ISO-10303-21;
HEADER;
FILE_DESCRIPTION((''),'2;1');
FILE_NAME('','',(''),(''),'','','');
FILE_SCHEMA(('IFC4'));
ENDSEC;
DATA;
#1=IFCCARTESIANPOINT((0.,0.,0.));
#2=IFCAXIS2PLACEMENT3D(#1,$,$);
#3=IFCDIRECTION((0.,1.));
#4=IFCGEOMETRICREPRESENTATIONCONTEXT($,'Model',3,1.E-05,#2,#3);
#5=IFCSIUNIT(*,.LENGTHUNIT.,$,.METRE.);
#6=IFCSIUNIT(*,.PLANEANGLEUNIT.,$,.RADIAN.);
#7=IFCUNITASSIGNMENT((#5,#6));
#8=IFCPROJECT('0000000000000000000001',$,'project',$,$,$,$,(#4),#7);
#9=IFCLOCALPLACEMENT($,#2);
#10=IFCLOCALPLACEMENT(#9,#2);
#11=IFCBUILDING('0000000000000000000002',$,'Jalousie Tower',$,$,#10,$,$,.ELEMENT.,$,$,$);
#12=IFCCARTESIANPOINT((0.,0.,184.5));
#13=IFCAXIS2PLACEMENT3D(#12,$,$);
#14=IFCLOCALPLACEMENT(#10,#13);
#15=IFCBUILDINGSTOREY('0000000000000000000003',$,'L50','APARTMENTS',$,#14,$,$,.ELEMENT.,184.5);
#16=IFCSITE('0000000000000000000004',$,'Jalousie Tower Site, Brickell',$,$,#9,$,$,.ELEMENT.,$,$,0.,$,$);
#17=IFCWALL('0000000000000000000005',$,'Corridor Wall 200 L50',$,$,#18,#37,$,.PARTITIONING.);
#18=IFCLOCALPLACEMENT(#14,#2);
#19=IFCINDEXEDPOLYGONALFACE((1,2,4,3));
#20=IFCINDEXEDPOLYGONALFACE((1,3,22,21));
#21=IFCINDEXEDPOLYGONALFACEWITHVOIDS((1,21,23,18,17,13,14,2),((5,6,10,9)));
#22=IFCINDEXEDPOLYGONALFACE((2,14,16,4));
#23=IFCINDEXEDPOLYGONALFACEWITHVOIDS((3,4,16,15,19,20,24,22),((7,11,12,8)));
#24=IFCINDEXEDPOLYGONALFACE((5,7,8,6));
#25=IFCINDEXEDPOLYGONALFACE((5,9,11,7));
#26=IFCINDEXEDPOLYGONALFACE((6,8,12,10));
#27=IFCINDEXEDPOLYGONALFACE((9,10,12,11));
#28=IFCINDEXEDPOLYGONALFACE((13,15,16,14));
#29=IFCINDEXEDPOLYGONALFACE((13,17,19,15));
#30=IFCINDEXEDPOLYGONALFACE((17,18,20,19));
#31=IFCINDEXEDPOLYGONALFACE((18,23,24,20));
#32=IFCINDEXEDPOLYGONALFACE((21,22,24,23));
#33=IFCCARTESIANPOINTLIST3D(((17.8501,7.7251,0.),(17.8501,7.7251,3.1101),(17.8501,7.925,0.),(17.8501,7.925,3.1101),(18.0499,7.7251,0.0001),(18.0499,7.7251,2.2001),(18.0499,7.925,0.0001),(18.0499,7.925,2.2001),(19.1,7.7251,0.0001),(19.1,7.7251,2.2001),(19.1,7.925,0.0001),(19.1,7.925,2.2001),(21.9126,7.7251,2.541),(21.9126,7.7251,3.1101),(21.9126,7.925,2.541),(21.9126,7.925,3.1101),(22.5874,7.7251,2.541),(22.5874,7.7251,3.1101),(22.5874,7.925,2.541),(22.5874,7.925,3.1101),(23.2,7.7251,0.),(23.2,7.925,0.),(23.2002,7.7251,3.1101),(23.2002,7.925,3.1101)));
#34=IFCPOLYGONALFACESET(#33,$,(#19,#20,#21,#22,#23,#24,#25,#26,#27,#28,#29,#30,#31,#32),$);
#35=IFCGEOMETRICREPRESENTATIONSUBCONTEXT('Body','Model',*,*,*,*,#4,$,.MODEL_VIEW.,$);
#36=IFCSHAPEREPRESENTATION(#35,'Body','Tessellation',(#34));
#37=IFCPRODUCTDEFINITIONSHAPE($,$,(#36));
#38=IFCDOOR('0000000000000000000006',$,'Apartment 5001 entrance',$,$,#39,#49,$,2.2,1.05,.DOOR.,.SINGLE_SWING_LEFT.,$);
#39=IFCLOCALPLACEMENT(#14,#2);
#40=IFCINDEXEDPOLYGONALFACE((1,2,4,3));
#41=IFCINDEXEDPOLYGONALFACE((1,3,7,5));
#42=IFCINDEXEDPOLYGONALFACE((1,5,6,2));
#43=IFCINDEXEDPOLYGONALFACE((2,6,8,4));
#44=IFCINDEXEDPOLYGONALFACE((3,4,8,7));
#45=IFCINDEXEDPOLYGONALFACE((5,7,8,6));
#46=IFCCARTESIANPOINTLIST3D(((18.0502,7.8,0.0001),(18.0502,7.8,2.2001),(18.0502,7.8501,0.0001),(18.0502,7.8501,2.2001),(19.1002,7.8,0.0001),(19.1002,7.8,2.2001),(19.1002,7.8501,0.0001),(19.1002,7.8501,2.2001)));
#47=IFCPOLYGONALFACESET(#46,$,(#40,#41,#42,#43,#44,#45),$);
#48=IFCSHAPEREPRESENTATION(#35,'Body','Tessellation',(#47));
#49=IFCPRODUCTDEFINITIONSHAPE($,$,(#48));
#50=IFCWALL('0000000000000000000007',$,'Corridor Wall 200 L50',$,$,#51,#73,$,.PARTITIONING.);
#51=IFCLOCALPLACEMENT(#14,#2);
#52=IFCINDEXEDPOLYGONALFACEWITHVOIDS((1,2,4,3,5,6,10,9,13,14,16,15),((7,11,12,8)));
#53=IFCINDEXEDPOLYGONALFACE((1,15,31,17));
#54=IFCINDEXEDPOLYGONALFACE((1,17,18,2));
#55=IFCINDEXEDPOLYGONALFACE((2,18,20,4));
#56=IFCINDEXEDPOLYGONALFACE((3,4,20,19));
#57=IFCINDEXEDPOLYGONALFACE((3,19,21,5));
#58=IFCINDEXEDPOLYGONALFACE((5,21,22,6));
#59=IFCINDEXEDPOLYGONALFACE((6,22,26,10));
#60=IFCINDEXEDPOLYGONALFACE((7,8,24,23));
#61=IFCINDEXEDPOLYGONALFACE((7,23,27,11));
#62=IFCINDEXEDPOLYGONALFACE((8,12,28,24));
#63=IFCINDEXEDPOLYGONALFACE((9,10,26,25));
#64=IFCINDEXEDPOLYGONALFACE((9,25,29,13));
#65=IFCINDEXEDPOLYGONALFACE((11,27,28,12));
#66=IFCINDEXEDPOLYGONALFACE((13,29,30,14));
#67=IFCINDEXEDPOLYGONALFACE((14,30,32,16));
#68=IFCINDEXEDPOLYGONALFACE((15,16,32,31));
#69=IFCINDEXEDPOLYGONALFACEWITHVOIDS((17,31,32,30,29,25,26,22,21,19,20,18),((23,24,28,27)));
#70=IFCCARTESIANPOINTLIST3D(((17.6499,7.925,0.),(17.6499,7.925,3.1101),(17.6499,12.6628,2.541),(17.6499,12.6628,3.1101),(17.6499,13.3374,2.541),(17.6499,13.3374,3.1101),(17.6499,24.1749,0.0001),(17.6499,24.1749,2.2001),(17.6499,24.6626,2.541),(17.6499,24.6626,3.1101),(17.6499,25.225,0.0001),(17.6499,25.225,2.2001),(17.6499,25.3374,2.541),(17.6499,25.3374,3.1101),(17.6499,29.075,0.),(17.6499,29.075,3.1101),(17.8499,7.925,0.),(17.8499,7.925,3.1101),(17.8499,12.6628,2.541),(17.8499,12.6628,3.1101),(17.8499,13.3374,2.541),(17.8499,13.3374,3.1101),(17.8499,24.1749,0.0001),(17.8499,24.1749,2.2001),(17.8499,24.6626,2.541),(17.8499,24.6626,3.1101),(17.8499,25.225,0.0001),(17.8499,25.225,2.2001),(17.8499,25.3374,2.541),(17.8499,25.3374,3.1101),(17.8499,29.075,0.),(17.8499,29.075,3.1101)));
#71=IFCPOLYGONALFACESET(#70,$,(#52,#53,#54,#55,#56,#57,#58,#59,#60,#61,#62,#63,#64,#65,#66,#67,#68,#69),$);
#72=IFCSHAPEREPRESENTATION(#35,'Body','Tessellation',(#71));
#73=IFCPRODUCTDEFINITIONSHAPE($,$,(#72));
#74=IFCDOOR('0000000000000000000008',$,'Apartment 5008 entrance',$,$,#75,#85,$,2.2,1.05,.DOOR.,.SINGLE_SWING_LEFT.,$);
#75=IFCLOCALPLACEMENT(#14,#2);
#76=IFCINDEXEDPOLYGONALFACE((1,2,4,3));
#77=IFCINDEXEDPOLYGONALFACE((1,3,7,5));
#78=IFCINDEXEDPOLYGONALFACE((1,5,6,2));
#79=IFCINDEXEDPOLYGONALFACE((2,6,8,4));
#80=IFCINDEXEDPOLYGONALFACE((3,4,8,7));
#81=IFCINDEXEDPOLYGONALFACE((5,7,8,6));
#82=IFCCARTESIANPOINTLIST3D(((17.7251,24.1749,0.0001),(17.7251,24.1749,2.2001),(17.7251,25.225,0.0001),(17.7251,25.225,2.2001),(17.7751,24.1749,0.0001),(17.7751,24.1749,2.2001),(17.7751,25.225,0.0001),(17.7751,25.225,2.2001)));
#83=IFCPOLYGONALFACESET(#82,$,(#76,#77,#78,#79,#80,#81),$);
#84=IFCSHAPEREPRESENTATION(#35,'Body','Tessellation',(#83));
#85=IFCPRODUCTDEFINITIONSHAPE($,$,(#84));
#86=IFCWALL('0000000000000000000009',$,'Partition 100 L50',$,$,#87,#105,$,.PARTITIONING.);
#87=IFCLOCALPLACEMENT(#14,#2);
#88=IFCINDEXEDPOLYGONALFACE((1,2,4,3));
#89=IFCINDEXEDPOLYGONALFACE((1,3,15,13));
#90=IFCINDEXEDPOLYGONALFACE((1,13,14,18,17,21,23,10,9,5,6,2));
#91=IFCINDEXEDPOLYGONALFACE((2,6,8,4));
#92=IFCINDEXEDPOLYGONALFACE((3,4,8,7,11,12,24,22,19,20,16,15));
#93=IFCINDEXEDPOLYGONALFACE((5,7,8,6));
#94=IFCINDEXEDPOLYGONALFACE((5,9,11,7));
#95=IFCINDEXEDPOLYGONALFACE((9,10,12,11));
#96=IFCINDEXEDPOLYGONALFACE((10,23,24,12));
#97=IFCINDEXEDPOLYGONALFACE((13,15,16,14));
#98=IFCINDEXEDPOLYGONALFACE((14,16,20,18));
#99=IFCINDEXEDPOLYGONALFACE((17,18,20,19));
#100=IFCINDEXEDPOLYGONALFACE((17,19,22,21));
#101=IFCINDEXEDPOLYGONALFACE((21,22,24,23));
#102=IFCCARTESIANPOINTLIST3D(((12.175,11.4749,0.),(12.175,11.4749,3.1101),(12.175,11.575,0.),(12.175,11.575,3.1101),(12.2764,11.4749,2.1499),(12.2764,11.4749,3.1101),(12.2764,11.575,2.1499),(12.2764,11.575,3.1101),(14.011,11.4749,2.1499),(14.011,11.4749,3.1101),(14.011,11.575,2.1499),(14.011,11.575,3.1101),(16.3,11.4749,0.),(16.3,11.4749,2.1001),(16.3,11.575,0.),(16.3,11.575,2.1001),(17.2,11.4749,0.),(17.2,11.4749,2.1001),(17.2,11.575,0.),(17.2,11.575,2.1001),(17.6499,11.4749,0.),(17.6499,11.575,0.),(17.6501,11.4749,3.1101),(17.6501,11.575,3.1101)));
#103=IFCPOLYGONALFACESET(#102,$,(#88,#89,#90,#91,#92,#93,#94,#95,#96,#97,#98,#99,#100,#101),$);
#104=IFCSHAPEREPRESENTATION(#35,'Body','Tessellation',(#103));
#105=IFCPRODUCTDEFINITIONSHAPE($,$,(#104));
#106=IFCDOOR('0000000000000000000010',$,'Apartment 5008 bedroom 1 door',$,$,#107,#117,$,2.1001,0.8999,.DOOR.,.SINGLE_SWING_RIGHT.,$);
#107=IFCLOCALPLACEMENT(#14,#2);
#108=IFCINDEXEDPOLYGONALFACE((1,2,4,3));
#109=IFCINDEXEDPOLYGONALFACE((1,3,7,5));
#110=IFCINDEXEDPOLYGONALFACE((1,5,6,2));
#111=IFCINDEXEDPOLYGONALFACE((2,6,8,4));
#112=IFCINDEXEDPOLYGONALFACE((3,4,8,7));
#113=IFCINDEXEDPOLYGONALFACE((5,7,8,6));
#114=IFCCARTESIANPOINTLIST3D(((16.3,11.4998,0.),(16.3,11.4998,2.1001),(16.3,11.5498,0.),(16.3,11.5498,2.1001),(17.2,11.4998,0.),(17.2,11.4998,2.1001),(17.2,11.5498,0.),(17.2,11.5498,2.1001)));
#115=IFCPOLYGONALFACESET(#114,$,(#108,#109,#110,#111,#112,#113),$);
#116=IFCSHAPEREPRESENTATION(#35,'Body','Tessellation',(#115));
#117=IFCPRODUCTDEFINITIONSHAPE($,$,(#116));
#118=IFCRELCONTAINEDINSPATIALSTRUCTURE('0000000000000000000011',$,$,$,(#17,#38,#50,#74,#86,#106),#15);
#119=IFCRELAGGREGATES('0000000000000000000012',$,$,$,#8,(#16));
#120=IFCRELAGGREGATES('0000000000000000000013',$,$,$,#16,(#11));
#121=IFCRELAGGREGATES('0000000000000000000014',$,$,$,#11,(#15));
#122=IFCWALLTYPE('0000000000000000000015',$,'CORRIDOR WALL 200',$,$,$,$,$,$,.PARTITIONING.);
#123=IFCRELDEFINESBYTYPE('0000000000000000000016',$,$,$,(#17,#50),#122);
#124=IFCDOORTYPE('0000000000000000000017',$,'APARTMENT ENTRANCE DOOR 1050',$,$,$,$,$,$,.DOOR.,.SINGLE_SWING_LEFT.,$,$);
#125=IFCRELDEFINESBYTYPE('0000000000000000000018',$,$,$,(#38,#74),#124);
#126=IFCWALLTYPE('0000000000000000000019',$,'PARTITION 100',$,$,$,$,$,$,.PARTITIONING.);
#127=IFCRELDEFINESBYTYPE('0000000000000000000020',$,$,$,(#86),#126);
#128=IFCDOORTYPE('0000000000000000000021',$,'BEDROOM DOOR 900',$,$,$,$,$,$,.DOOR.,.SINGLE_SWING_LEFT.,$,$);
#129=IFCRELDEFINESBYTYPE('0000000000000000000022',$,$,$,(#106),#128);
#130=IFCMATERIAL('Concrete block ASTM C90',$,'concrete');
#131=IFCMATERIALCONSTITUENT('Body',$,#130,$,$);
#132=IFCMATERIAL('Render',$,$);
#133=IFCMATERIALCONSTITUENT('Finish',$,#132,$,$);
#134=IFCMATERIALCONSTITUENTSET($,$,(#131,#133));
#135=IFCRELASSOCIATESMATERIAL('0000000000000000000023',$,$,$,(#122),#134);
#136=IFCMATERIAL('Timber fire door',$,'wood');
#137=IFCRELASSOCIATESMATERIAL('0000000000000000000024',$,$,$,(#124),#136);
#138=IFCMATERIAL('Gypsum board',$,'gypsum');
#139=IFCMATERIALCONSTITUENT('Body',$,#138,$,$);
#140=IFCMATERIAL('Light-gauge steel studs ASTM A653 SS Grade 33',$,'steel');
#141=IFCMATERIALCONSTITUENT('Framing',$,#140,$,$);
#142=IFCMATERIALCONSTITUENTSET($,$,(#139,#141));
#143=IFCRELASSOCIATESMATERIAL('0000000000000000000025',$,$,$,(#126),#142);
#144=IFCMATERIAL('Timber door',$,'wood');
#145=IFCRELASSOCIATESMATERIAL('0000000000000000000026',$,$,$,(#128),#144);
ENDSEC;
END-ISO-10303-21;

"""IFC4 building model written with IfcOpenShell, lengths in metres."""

from ifc_helpers import new_model, si_unit, direction, frame, frame_2d, origin, place, context, subcontext, project, spatial, polyline, rectangle, outline, extrude, material, constituent, constituent_set, type_object, element, fill, save


model = new_model("IFC4")

# Units and contexts
model_context = context("Model", 3, precision=1e-05, world=origin(), true_north=direction((0.0, 1.0)))
body_context = subcontext(model_context, "Body", "Model", "MODEL_VIEW")
ifc_project = project(units=[si_unit("LENGTHUNIT", "METRE"), si_unit("PLANEANGLEUNIT", "RADIAN")], contexts=[model_context])

# Site, building, storey
site_placement = place(None, origin())
site = spatial("IfcSite", under=ifc_project, at=site_placement, Name="Jalousie Tower Site, Brickell", CompositionType="ELEMENT", RefElevation=0.0)
building_placement = place(site_placement, origin())
building = spatial("IfcBuilding", under=site, at=building_placement, Name="Jalousie Tower", CompositionType="ELEMENT")
storey_placement = place(building_placement, frame((0.0, 0.0, 184.5)))
storey = spatial("IfcBuildingStorey", under=building, at=storey_placement, Name="L50", Description="APARTMENTS", CompositionType="ELEMENT", Elevation=184.5)

# Walls, openings, doors
ifc_material_1 = material(Name="Concrete block ASTM C90", Category="concrete")
ifc_constituent_1 = constituent(ifc_material_1, Name="Body")
ifc_material_2 = material(Name="Render")
ifc_constituent_2 = constituent(ifc_material_2, Name="Finish")
ifc_constituent_set_1 = constituent_set(constituents=[ifc_constituent_1, ifc_constituent_2])
wall_type_1 = type_object("IfcWallType", Name="CORRIDOR WALL 200", PredefinedType="PARTITIONING", material=ifc_constituent_set_1)
wall_1_placement = place(storey_placement, frame((17.8501, 7.825, 0.0), z_axis=(0.0, 0.0, 1.0), x_axis=(1.0, 0.0, 0.0)))
wall_1 = element("IfcWall", 1, at=wall_1_placement, inside=storey, type_object=wall_type_1, Name="Corridor Wall 200 L50", PredefinedType="PARTITIONING", context=body_context, shape_type="SweptSolid", body=[
    extrude(outline(polyline([(0.0, 0.0), (5.3499, 0.0), (5.3501, 3.1101), (4.7373, 3.1101), (4.7373, 2.541), (4.0625, 2.541), (4.0625, 3.1101), (0.0, 3.1101), (0.0, 0.0)])), frame((0.0, 0.1001, 0.0), z_axis=(0.0, -1.0, 0.0), x_axis=(1.0, 0.0, 0.0)), (0.0, 0.0, 1.0), 0.2),
])
opening_1_placement = place(wall_1_placement, frame((0.2, 0.0, 0.0)))
opening_1 = element("IfcOpeningElement", 2, at=opening_1_placement, cuts=wall_1, PredefinedType="OPENING", context=body_context, shape_type="SweptSolid", body=[
    extrude(rectangle(XDim=1.05, YDim=2.2, at=frame_2d((0.5249, 1.1001))), frame((0.0, 0.1099, 0.0), z_axis=(0.0, -1.0, 0.0), x_axis=(1.0, 0.0, 0.0)), (0.0, 0.0, 1.0), 0.22),
])
ifc_material_3 = material(Name="Timber fire door", Category="wood")
door_type_1 = type_object("IfcDoorType", Name="APARTMENT ENTRANCE DOOR 1050", OperationType="SINGLE_SWING_LEFT", PredefinedType="DOOR", material=ifc_material_3)
door_1_placement = place(opening_1_placement, frame((1.05, 0.0, 0.0), z_axis=(0.0, 0.0, 1.0), x_axis=(-1.0, 0.0, 0.0)))
door_1 = element("IfcDoor", 3, at=door_1_placement, inside=storey, type_object=door_type_1, Name="Apartment 5001 entrance", OperationType="SINGLE_SWING_LEFT", OverallHeight=2.2, OverallWidth=1.05, PredefinedType="DOOR", context=body_context, shape_type="SweptSolid", body=[
    extrude(rectangle(XDim=1.05, YDim=2.2, at=frame_2d((0.5249, 1.1001))), frame((0.0, 0.0249, 0.0), z_axis=(0.0, -1.0, 0.0), x_axis=(1.0, 0.0, 0.0)), (0.0, 0.0, 1.0), 0.05),
])
fill(opening_1, door_1)
wall_2_placement = place(storey_placement, frame((17.75, 7.925, 0.0), z_axis=(0.0, 0.0, 1.0), x_axis=(0.0, 1.0, 0.0)))
wall_2 = element("IfcWall", 4, at=wall_2_placement, inside=storey, type_object=wall_type_1, Name="Corridor Wall 200 L50", PredefinedType="PARTITIONING", context=body_context, shape_type="SweptSolid", body=[
    extrude(outline(polyline([(0.0, 0.0), (21.1499, 0.0), (21.1499, 3.1101), (17.4124, 3.1101), (17.4124, 2.541), (16.7375, 2.541), (16.7375, 3.1101), (5.4124, 3.1101), (5.4124, 2.541), (4.7378, 2.541), (4.7378, 3.1101), (0.0, 3.1101), (0.0, 0.0)])), frame((0.0, 0.1001, 0.0), z_axis=(0.0, -1.0, 0.0), x_axis=(1.0, 0.0, 0.0)), (0.0, 0.0, 1.0), 0.2),
])
opening_2_placement = place(wall_2_placement, frame((16.25, 0.0, 0.0)))
opening_2 = element("IfcOpeningElement", 5, at=opening_2_placement, cuts=wall_2, PredefinedType="OPENING", context=body_context, shape_type="SweptSolid", body=[
    extrude(rectangle(XDim=1.05, YDim=2.2, at=frame_2d((0.5249, 1.1001))), frame((0.0, 0.1099, 0.0), z_axis=(0.0, -1.0, 0.0), x_axis=(1.0, 0.0, 0.0)), (0.0, 0.0, 1.0), 0.22),
])
door_2_placement = place(opening_2_placement, origin())
door_2 = element("IfcDoor", 6, at=door_2_placement, inside=storey, type_object=door_type_1, Name="Apartment 5008 entrance", OperationType="SINGLE_SWING_LEFT", OverallHeight=2.2, OverallWidth=1.05, PredefinedType="DOOR", context=body_context, shape_type="SweptSolid", body=[
    extrude(rectangle(XDim=1.05, YDim=2.2, at=frame_2d((0.5249, 1.1001))), frame((0.0, 0.0249, 0.0), z_axis=(0.0, -1.0, 0.0), x_axis=(1.0, 0.0, 0.0)), (0.0, 0.0, 1.0), 0.05),
])
fill(opening_2, door_2)
ifc_material_4 = material(Name="Gypsum board", Category="gypsum")
ifc_constituent_3 = constituent(ifc_material_4, Name="Body")
ifc_material_5 = material(Name="Light-gauge steel studs ASTM A653 SS Grade 33", Category="steel")
ifc_constituent_4 = constituent(ifc_material_5, Name="Framing")
ifc_constituent_set_2 = constituent_set(constituents=[ifc_constituent_3, ifc_constituent_4])
wall_type_2 = type_object("IfcWallType", Name="PARTITION 100", PredefinedType="PARTITIONING", material=ifc_constituent_set_2)
wall_3_placement = place(storey_placement, frame((12.175, 11.5249, 0.0), z_axis=(0.0, 0.0, 1.0), x_axis=(1.0, 0.0, 0.0)))
wall_3 = element("IfcWall", 7, at=wall_3_placement, inside=storey, type_object=wall_type_2, Name="Partition 100 L50", PredefinedType="PARTITIONING", context=body_context, shape_type="SweptSolid", body=[
    extrude(outline(polyline([(0.0, 0.0), (5.4749, 0.0), (5.4751, 3.1101), (1.8359, 3.1101), (1.8359, 2.1499), (0.1013, 2.1499), (0.1013, 3.1101), (0.0, 3.1101), (0.0, 0.0)])), frame((0.0, 0.05, 0.0), z_axis=(0.0, -1.0, 0.0), x_axis=(1.0, 0.0, 0.0)), (0.0, 0.0, 1.0), 0.1001),
])
opening_3_placement = place(wall_3_placement, frame((4.125, 0.0, 0.0)))
opening_3 = element("IfcOpeningElement", 8, at=opening_3_placement, cuts=wall_3, PredefinedType="OPENING", context=body_context, shape_type="SweptSolid", body=[
    extrude(rectangle(XDim=0.8999, YDim=2.1001, at=frame_2d((0.45, 1.05))), frame((0.0, 0.0601, 0.0), z_axis=(0.0, -1.0, 0.0), x_axis=(1.0, 0.0, 0.0)), (0.0, 0.0, 1.0), 0.1201),
])
ifc_material_6 = material(Name="Timber door", Category="wood")
door_type_2 = type_object("IfcDoorType", Name="BEDROOM DOOR 900", OperationType="SINGLE_SWING_LEFT", PredefinedType="DOOR", material=ifc_material_6)
door_3_placement = place(opening_3_placement, origin())
door_3 = element("IfcDoor", 9, at=door_3_placement, inside=storey, type_object=door_type_2, Name="Apartment 5008 bedroom 1 door", OperationType="SINGLE_SWING_RIGHT", OverallHeight=2.1001, OverallWidth=0.8999, PredefinedType="DOOR", context=body_context, shape_type="SweptSolid", body=[
    extrude(rectangle(XDim=0.8999, YDim=2.1001, at=frame_2d((0.45, 1.05))), frame((0.0, 0.0249, 0.0), z_axis=(0.0, -1.0, 0.0), x_axis=(1.0, 0.0, 0.0)), (0.0, 0.0, 1.0), 0.05),
])
fill(opening_3, door_3)

save(model, "model.ifc")
